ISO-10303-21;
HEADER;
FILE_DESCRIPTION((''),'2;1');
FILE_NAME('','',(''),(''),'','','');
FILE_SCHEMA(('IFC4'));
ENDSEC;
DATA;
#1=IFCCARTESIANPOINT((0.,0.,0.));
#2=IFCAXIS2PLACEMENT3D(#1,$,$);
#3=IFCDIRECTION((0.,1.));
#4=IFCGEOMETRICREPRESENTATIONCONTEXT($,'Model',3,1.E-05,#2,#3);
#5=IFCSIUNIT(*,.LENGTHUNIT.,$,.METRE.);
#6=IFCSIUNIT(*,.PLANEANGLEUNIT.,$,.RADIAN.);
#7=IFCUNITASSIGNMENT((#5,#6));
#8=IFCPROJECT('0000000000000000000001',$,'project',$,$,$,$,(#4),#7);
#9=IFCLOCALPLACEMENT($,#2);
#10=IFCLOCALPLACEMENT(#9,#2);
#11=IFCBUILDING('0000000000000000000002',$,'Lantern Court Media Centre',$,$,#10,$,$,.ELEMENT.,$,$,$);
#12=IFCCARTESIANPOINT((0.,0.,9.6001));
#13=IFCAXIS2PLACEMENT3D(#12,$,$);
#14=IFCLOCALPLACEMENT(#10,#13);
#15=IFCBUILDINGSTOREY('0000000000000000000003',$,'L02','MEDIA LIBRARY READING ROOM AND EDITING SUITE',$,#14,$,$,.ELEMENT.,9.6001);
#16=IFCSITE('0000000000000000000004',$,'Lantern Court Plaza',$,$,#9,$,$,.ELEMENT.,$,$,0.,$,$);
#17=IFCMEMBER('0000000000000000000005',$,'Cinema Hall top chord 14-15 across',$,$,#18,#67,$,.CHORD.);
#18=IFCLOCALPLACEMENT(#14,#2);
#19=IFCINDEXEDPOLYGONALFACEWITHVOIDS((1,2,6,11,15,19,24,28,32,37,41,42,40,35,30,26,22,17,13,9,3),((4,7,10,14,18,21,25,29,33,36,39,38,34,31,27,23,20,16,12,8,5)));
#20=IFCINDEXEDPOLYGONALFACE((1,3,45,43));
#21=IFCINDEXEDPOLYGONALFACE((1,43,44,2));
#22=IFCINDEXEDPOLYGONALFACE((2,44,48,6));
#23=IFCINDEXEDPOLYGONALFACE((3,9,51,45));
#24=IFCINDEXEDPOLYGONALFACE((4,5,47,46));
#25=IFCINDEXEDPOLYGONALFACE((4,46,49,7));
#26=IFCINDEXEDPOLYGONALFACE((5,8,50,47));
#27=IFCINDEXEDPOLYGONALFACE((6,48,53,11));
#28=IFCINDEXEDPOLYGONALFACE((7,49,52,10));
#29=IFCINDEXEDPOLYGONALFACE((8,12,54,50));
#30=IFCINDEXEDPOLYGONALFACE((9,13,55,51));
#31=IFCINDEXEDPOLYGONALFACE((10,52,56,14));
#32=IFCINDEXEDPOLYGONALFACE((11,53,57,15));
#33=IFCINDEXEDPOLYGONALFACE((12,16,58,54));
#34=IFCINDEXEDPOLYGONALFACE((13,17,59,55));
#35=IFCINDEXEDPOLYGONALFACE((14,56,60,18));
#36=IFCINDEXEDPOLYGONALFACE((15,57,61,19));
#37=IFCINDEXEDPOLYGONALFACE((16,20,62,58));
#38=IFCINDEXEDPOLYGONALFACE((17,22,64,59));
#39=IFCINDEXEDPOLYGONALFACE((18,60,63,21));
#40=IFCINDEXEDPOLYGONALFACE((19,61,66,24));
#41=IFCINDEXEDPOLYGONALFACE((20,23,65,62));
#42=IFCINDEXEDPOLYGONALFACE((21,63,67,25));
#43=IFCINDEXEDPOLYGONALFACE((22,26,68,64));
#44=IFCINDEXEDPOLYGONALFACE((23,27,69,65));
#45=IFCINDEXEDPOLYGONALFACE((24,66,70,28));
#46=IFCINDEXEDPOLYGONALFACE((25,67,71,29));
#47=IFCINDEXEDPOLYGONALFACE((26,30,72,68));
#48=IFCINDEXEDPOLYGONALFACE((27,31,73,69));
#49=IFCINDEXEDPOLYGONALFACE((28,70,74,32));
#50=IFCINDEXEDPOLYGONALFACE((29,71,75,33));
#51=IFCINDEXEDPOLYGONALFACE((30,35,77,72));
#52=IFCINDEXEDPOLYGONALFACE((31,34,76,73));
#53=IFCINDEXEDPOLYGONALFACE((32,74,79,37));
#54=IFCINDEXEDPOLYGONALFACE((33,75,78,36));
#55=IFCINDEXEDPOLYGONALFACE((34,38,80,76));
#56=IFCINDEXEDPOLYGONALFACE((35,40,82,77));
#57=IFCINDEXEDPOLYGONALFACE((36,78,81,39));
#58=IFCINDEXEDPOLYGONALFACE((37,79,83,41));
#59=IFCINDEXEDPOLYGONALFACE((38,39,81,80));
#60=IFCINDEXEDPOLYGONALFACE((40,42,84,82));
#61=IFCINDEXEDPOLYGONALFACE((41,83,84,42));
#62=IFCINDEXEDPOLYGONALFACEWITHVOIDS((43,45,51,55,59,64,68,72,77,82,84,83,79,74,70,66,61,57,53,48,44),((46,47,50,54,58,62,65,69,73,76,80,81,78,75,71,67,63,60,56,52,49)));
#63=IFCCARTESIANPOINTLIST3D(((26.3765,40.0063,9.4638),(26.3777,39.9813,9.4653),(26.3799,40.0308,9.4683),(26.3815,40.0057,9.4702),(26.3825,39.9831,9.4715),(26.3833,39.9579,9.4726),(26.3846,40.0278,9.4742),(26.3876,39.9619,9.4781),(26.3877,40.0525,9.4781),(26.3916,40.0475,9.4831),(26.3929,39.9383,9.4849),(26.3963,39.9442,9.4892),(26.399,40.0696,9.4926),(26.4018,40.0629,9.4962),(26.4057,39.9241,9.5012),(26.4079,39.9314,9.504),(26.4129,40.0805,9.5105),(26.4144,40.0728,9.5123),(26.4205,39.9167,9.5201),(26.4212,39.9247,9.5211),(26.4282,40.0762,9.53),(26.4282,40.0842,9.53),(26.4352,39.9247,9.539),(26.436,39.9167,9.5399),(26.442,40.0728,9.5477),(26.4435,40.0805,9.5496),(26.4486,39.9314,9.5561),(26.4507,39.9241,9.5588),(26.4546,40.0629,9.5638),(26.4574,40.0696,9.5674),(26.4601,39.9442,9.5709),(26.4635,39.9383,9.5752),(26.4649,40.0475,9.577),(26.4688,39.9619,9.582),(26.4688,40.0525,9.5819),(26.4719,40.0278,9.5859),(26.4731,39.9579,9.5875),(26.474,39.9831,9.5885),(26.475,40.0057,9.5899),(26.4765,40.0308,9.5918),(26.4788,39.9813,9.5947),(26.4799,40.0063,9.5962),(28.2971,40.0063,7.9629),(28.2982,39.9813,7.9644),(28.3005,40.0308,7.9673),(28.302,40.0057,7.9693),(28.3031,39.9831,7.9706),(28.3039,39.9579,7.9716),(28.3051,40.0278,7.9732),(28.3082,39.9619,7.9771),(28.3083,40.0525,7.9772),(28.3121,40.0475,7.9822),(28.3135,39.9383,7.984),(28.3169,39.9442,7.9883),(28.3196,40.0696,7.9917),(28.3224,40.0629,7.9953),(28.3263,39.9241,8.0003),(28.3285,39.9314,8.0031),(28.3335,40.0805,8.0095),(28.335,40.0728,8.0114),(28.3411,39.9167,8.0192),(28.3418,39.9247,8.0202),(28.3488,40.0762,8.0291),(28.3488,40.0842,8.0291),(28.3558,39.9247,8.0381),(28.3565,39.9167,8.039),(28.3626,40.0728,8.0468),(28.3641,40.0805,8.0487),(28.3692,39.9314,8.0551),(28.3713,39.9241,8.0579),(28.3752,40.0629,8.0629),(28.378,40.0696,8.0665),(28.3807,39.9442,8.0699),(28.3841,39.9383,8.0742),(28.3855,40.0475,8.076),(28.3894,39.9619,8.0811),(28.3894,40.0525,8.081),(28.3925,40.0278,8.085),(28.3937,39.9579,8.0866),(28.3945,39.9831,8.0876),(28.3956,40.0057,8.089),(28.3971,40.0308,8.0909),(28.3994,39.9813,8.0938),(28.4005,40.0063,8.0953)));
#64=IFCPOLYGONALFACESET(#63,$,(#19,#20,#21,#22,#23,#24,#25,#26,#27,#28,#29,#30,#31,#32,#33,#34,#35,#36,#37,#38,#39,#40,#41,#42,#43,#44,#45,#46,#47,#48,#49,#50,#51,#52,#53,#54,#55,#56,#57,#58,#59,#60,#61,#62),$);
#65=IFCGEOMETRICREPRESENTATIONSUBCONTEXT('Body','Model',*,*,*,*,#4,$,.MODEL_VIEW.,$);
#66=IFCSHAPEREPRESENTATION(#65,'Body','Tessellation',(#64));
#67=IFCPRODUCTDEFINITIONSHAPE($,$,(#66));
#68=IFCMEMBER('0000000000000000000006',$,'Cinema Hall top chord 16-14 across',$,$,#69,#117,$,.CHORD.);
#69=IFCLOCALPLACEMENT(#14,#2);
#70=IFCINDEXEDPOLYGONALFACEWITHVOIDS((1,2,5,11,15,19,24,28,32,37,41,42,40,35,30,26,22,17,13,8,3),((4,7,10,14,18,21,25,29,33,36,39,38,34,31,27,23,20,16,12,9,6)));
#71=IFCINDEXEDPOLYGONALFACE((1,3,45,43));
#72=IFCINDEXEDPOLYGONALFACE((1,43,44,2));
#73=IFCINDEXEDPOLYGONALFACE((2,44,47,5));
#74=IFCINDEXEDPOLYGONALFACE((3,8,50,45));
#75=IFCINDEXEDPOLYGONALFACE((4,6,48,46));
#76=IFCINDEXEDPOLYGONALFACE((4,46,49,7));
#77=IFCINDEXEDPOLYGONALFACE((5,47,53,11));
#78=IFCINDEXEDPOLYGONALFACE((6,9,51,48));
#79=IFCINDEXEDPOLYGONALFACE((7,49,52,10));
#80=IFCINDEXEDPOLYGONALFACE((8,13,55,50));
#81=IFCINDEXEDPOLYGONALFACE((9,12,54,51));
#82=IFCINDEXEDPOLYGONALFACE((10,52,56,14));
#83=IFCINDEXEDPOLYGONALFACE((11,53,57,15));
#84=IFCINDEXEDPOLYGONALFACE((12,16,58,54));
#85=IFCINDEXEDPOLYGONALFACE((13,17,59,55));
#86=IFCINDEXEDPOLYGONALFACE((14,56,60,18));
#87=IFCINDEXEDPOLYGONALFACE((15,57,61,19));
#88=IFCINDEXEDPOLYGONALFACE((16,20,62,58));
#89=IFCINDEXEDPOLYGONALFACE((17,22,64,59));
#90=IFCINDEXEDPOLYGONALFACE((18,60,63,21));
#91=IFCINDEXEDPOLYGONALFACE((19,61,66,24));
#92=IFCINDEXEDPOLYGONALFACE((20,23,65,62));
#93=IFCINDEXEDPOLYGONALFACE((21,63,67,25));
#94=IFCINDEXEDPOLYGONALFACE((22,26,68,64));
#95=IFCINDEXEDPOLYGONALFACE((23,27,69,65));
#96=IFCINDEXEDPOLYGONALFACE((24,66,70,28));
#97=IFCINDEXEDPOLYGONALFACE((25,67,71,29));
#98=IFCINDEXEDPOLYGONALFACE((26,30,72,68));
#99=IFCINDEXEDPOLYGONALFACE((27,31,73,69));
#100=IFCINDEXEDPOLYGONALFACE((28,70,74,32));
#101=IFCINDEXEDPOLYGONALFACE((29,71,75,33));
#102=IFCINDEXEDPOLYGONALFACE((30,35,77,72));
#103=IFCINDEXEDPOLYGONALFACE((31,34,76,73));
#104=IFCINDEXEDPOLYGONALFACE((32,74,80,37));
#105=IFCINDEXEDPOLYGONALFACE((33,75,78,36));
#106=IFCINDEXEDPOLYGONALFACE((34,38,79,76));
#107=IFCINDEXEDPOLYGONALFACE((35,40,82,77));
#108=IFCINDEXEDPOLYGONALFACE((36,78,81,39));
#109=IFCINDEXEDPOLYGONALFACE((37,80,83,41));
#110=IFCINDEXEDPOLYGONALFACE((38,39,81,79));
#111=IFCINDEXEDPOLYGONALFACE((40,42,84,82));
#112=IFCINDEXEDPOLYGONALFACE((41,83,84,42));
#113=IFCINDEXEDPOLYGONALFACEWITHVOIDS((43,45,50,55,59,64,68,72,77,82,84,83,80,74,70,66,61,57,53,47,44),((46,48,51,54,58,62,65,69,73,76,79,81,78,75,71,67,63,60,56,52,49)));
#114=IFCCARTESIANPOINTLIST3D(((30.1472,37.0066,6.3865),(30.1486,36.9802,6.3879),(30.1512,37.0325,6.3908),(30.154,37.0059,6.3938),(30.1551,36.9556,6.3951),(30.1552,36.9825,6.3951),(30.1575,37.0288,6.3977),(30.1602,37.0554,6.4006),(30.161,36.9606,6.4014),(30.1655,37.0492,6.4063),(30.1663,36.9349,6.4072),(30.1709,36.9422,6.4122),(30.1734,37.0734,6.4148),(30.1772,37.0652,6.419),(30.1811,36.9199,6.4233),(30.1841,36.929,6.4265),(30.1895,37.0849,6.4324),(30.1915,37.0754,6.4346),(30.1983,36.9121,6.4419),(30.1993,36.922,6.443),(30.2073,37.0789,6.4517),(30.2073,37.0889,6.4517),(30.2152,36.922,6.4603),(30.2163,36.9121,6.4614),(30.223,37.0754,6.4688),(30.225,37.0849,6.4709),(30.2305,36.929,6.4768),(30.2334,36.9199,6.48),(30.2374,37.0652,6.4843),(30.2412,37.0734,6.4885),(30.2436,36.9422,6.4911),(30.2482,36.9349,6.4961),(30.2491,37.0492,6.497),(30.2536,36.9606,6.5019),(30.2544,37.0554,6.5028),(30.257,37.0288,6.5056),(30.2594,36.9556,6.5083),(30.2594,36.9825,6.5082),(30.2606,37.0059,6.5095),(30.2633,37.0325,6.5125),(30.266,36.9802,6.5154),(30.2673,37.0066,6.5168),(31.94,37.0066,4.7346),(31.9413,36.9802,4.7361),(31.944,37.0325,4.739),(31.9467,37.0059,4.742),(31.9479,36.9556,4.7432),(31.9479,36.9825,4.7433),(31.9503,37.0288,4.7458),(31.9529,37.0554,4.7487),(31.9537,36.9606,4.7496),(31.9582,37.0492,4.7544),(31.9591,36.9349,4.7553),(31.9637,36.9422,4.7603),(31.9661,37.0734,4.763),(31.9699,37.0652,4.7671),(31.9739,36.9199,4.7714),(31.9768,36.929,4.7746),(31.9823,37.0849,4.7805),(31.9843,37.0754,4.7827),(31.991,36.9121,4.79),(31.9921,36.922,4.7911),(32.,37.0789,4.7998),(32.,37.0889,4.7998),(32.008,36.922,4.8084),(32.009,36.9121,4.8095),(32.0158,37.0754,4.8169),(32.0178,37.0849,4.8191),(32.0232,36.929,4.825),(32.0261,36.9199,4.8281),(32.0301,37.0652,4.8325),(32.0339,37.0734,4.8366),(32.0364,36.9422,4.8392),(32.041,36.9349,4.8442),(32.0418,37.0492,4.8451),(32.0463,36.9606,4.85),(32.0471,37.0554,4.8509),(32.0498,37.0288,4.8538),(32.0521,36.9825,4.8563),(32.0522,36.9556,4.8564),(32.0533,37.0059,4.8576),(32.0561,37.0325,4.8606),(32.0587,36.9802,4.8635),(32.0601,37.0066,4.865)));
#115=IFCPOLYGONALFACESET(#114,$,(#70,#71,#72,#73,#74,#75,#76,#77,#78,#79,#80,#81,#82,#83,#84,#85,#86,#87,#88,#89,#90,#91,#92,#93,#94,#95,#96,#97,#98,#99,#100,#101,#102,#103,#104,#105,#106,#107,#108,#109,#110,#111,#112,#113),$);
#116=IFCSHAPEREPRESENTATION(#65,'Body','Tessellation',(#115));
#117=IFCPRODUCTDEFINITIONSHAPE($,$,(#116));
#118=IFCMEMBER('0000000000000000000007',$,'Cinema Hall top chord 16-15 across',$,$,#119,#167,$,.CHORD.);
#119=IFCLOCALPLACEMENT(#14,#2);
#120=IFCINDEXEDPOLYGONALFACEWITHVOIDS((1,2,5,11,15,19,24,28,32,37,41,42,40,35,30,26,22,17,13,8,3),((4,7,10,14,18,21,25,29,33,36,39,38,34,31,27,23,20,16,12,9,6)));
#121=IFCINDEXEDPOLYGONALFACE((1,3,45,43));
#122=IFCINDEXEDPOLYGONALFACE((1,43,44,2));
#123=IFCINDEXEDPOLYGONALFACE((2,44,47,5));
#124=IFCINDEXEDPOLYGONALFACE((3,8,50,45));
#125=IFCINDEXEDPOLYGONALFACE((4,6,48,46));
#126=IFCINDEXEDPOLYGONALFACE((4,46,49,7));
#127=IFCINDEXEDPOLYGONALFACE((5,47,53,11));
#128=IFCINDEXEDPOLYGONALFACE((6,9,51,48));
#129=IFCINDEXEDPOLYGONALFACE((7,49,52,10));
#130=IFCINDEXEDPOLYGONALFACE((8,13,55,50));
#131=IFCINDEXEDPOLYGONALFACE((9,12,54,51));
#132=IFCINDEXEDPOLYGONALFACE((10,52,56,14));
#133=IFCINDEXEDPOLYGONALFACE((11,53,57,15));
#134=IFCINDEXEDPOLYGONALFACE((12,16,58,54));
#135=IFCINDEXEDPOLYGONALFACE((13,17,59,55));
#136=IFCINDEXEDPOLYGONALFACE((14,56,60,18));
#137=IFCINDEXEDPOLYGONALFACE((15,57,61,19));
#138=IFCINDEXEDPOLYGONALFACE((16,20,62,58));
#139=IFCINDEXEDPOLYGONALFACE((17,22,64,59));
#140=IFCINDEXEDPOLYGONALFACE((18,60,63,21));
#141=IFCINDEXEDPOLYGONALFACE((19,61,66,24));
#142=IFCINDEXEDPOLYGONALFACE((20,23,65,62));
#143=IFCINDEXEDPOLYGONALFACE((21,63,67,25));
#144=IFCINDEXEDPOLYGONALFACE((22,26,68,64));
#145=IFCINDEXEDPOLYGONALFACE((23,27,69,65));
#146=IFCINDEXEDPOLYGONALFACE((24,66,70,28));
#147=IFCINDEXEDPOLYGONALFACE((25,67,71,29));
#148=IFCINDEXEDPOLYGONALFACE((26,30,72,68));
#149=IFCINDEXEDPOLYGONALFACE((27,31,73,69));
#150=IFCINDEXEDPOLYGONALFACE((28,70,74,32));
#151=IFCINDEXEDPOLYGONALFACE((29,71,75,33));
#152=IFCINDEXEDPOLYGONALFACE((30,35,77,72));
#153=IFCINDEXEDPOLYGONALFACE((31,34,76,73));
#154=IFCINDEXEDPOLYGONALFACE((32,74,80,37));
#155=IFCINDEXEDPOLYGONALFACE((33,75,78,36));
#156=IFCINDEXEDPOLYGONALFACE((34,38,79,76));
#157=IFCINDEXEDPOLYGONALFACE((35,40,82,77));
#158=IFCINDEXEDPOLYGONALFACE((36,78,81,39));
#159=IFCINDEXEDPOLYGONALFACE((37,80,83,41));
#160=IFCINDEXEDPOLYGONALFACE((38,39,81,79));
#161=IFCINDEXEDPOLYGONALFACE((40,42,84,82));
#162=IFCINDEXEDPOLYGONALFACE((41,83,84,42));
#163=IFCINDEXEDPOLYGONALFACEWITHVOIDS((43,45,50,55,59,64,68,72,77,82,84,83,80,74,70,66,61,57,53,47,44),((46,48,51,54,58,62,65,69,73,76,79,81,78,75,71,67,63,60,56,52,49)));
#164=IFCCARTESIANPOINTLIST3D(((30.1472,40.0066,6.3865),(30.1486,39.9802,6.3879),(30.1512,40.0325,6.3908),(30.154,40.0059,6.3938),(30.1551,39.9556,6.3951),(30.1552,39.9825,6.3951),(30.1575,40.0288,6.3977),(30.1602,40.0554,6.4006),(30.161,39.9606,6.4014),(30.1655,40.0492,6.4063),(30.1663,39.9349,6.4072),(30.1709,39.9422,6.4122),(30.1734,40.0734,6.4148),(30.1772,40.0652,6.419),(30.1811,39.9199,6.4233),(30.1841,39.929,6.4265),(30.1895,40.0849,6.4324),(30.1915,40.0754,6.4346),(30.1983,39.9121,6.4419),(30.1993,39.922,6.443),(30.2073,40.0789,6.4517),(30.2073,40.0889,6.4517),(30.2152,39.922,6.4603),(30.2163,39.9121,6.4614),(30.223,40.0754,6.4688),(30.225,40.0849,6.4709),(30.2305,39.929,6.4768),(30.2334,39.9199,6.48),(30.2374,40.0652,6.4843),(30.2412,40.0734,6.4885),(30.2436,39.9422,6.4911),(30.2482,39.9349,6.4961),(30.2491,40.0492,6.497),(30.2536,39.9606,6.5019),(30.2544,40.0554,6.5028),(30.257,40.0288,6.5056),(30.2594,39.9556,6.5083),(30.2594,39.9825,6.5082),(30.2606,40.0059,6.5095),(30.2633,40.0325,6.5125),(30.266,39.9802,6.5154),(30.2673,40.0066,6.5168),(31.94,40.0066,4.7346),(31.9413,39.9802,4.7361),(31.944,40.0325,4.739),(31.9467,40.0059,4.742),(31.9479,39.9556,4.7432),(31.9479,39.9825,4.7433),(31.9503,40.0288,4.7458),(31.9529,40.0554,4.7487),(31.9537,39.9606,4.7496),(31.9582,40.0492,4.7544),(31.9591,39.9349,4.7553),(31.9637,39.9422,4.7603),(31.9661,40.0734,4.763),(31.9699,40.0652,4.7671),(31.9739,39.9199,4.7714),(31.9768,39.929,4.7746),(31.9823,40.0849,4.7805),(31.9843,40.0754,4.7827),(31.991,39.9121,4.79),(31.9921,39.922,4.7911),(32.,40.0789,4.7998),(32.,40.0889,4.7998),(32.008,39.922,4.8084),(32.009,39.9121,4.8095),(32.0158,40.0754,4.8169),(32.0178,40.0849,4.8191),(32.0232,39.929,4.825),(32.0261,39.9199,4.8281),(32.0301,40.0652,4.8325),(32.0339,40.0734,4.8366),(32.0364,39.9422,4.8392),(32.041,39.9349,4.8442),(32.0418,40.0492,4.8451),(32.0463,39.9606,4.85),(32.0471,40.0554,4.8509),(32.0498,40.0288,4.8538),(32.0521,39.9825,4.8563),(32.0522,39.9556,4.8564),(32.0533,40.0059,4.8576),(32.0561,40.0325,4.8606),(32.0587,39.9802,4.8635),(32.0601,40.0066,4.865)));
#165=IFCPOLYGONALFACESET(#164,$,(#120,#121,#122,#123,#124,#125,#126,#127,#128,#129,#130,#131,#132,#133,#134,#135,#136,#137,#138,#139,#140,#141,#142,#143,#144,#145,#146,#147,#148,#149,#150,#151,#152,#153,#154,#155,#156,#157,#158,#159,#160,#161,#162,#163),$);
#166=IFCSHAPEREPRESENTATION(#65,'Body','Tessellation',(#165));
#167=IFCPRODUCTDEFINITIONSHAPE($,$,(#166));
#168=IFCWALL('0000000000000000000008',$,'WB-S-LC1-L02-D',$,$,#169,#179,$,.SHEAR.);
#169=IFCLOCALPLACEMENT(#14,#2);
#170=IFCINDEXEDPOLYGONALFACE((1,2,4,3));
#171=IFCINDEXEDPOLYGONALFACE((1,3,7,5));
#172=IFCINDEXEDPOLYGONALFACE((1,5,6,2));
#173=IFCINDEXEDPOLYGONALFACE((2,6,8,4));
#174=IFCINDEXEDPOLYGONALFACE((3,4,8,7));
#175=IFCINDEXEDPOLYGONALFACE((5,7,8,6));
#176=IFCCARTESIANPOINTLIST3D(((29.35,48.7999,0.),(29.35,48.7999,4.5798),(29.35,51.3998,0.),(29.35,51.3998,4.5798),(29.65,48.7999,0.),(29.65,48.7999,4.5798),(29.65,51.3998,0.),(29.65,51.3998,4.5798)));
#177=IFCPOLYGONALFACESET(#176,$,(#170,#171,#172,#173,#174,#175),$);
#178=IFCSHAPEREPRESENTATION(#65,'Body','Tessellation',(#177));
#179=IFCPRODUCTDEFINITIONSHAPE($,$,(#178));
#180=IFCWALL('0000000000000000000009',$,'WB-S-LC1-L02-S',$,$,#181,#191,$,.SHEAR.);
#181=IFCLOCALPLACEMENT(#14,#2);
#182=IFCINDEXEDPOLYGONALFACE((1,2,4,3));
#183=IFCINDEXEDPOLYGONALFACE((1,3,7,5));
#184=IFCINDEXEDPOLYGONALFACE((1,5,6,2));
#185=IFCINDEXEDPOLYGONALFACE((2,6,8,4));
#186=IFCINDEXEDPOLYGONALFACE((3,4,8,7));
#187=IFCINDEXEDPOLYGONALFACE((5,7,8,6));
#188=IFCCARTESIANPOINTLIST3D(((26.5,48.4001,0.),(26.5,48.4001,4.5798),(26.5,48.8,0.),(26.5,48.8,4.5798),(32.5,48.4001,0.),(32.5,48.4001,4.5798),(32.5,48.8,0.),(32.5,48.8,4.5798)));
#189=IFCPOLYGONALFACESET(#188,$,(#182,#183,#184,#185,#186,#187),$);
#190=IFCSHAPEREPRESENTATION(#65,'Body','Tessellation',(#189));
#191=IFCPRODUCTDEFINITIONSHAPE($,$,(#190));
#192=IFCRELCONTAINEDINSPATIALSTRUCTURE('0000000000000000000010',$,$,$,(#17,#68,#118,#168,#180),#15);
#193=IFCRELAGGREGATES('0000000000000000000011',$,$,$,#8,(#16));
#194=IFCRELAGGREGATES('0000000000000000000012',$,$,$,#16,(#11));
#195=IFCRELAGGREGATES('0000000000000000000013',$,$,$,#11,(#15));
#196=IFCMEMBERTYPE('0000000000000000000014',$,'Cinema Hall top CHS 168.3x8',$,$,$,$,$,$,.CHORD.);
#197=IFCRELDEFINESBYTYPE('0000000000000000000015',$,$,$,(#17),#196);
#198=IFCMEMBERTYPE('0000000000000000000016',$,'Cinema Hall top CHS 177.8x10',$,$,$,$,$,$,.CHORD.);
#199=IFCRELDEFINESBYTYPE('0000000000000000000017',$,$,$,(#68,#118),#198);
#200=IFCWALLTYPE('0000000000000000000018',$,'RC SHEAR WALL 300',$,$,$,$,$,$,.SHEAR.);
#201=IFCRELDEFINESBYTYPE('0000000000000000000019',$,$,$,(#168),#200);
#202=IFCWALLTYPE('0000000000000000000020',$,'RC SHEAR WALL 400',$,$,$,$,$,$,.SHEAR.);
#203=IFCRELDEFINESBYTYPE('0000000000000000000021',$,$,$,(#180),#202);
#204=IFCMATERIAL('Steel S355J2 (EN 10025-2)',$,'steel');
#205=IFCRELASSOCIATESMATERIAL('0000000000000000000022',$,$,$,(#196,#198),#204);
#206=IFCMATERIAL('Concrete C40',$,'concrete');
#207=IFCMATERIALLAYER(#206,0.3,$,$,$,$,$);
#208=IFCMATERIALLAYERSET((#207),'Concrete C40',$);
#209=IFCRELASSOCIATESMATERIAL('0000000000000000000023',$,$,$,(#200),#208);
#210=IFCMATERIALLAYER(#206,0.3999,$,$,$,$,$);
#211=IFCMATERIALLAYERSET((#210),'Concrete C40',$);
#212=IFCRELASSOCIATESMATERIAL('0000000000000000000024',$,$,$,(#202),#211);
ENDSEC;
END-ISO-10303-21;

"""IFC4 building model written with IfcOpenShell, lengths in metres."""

from ifc_helpers import new_model, si_unit, direction, frame, frame_2d, origin, origin_2d, place, context, subcontext, project, spatial, rectangle, hollow_circle, extrude, material, layer, layer_set, material_profile, profile_set, type_object, element, save


model = new_model("IFC4")

# Units and contexts
model_context = context("Model", 3, precision=1e-05, world=origin(), true_north=direction((0.0, 1.0)))
body_context = subcontext(model_context, "Body", "Model", "MODEL_VIEW")
ifc_project = project(units=[si_unit("LENGTHUNIT", "METRE"), si_unit("PLANEANGLEUNIT", "RADIAN")], contexts=[model_context])

# Site, building, storey
site_placement = place(None, origin())
site = spatial("IfcSite", under=ifc_project, at=site_placement, Name="Lantern Court Plaza", CompositionType="ELEMENT", RefElevation=0.0)
building_placement = place(site_placement, origin())
building = spatial("IfcBuilding", under=site, at=building_placement, Name="Lantern Court Media Centre", CompositionType="ELEMENT")
storey_placement = place(building_placement, frame((0.0, 0.0, 9.6001)))
storey = spatial("IfcBuildingStorey", under=building, at=storey_placement, Name="L02", Description="MEDIA LIBRARY READING ROOM AND EDITING SUITE", CompositionType="ELEMENT", Elevation=9.6001)

# Members
ifc_material_1 = material(Name="Steel S355J2 (EN 10025-2)", Category="steel")
ifc_material_profile_1 = material_profile(ifc_material_1, hollow_circle(Radius=0.0842, WallThickness=0.0081, at=origin_2d()), Name="Cinema Hall top CHS 168.3x8")
ifc_profile_set_1 = profile_set([ifc_material_profile_1], Name="Steel S355J2 (EN 10025-2)")
member_type_1 = type_object("IfcMemberType", Name="Cinema Hall top CHS 168.3x8", PredefinedType="CHORD", material=ifc_profile_set_1)
for number, where, z_axis, x_axis, name in (
    (1, (26.4282, 40.0, 9.53), (0.787932, 0.0, -0.615763), (0.0, 1.0, 0.0), "Cinema Hall top chord 14-15 across"),
):
    element("IfcMember", number, at=place(storey_placement, frame(where, z_axis=z_axis, x_axis=x_axis)), inside=storey, type_object=member_type_1, Name=name, PredefinedType="CHORD", context=body_context, shape_type="SweptSolid", body=[
        extrude(hollow_circle(Radius=0.0842, WallThickness=0.0081, at=origin_2d()), origin(), (0.0, 0.0, 1.0), 2.4375),
    ])
ifc_material_profile_2 = material_profile(ifc_material_1, hollow_circle(Radius=0.0889, WallThickness=0.01, at=origin_2d()), Name="Cinema Hall top CHS 177.8x10")
ifc_profile_set_2 = profile_set([ifc_material_profile_2], Name="Steel S355J2 (EN 10025-2)")
member_type_2 = type_object("IfcMemberType", Name="Cinema Hall top CHS 177.8x10", PredefinedType="CHORD", material=ifc_profile_set_2)
for number, where, z_axis, x_axis, name in (
    (2, (30.2073, 37.0, 6.4517), (0.73541, 0.0, -0.677623), (0.0, 1.0, 0.0), "Cinema Hall top chord 16-14 across"),
    (3, (30.2073, 40.0, 6.4517), (0.73541, 0.0, -0.677623), (0.0, 1.0, 0.0), "Cinema Hall top chord 16-15 across"),
):
    element("IfcMember", number, at=place(storey_placement, frame(where, z_axis=z_axis, x_axis=x_axis)), inside=storey, type_object=member_type_2, Name=name, PredefinedType="CHORD", context=body_context, shape_type="SweptSolid", body=[
        extrude(hollow_circle(Radius=0.0889, WallThickness=0.01, at=origin_2d()), origin(), (0.0, 0.0, 1.0), 2.4377),
    ])

# Walls
ifc_material_2 = material(Name="Concrete C40", Category="concrete")
ifc_layer_1 = layer(ifc_material_2, 0.3)
ifc_layer_set_1 = layer_set([ifc_layer_1], Name="Concrete C40")
wall_type_1 = type_object("IfcWallType", Name="RC SHEAR WALL 300", PredefinedType="SHEAR", material=ifc_layer_set_1)
wall_1_placement = place(storey_placement, frame((29.5, 48.8, 0.0), z_axis=(0.0, 0.0, 1.0), x_axis=(0.0, 1.0, 0.0)))
element("IfcWall", 4, at=wall_1_placement, inside=storey, type_object=wall_type_1, Name="WB-S-LC1-L02-D", PredefinedType="SHEAR", context=body_context, shape_type="SweptSolid", body=[
    extrude(rectangle(XDim=2.5999, YDim=0.3, at=frame_2d((1.2998, 0.0))), origin(), (0.0, 0.0, 1.0), 4.5798),
])
ifc_layer_2 = layer(ifc_material_2, 0.3999)
ifc_layer_set_2 = layer_set([ifc_layer_2], Name="Concrete C40")
wall_type_2 = type_object("IfcWallType", Name="RC SHEAR WALL 400", PredefinedType="SHEAR", material=ifc_layer_set_2)
wall_2_placement = place(storey_placement, frame((26.5, 48.6001, 0.0), z_axis=(0.0, 0.0, 1.0), x_axis=(1.0, 0.0, 0.0)))
element("IfcWall", 5, at=wall_2_placement, inside=storey, type_object=wall_type_2, Name="WB-S-LC1-L02-S", PredefinedType="SHEAR", context=body_context, shape_type="SweptSolid", body=[
    extrude(rectangle(XDim=6.0, YDim=0.3999, at=frame_2d((3.0, 0.0))), origin(), (0.0, 0.0, 1.0), 4.5798),
])

save(model, "model.ifc")
